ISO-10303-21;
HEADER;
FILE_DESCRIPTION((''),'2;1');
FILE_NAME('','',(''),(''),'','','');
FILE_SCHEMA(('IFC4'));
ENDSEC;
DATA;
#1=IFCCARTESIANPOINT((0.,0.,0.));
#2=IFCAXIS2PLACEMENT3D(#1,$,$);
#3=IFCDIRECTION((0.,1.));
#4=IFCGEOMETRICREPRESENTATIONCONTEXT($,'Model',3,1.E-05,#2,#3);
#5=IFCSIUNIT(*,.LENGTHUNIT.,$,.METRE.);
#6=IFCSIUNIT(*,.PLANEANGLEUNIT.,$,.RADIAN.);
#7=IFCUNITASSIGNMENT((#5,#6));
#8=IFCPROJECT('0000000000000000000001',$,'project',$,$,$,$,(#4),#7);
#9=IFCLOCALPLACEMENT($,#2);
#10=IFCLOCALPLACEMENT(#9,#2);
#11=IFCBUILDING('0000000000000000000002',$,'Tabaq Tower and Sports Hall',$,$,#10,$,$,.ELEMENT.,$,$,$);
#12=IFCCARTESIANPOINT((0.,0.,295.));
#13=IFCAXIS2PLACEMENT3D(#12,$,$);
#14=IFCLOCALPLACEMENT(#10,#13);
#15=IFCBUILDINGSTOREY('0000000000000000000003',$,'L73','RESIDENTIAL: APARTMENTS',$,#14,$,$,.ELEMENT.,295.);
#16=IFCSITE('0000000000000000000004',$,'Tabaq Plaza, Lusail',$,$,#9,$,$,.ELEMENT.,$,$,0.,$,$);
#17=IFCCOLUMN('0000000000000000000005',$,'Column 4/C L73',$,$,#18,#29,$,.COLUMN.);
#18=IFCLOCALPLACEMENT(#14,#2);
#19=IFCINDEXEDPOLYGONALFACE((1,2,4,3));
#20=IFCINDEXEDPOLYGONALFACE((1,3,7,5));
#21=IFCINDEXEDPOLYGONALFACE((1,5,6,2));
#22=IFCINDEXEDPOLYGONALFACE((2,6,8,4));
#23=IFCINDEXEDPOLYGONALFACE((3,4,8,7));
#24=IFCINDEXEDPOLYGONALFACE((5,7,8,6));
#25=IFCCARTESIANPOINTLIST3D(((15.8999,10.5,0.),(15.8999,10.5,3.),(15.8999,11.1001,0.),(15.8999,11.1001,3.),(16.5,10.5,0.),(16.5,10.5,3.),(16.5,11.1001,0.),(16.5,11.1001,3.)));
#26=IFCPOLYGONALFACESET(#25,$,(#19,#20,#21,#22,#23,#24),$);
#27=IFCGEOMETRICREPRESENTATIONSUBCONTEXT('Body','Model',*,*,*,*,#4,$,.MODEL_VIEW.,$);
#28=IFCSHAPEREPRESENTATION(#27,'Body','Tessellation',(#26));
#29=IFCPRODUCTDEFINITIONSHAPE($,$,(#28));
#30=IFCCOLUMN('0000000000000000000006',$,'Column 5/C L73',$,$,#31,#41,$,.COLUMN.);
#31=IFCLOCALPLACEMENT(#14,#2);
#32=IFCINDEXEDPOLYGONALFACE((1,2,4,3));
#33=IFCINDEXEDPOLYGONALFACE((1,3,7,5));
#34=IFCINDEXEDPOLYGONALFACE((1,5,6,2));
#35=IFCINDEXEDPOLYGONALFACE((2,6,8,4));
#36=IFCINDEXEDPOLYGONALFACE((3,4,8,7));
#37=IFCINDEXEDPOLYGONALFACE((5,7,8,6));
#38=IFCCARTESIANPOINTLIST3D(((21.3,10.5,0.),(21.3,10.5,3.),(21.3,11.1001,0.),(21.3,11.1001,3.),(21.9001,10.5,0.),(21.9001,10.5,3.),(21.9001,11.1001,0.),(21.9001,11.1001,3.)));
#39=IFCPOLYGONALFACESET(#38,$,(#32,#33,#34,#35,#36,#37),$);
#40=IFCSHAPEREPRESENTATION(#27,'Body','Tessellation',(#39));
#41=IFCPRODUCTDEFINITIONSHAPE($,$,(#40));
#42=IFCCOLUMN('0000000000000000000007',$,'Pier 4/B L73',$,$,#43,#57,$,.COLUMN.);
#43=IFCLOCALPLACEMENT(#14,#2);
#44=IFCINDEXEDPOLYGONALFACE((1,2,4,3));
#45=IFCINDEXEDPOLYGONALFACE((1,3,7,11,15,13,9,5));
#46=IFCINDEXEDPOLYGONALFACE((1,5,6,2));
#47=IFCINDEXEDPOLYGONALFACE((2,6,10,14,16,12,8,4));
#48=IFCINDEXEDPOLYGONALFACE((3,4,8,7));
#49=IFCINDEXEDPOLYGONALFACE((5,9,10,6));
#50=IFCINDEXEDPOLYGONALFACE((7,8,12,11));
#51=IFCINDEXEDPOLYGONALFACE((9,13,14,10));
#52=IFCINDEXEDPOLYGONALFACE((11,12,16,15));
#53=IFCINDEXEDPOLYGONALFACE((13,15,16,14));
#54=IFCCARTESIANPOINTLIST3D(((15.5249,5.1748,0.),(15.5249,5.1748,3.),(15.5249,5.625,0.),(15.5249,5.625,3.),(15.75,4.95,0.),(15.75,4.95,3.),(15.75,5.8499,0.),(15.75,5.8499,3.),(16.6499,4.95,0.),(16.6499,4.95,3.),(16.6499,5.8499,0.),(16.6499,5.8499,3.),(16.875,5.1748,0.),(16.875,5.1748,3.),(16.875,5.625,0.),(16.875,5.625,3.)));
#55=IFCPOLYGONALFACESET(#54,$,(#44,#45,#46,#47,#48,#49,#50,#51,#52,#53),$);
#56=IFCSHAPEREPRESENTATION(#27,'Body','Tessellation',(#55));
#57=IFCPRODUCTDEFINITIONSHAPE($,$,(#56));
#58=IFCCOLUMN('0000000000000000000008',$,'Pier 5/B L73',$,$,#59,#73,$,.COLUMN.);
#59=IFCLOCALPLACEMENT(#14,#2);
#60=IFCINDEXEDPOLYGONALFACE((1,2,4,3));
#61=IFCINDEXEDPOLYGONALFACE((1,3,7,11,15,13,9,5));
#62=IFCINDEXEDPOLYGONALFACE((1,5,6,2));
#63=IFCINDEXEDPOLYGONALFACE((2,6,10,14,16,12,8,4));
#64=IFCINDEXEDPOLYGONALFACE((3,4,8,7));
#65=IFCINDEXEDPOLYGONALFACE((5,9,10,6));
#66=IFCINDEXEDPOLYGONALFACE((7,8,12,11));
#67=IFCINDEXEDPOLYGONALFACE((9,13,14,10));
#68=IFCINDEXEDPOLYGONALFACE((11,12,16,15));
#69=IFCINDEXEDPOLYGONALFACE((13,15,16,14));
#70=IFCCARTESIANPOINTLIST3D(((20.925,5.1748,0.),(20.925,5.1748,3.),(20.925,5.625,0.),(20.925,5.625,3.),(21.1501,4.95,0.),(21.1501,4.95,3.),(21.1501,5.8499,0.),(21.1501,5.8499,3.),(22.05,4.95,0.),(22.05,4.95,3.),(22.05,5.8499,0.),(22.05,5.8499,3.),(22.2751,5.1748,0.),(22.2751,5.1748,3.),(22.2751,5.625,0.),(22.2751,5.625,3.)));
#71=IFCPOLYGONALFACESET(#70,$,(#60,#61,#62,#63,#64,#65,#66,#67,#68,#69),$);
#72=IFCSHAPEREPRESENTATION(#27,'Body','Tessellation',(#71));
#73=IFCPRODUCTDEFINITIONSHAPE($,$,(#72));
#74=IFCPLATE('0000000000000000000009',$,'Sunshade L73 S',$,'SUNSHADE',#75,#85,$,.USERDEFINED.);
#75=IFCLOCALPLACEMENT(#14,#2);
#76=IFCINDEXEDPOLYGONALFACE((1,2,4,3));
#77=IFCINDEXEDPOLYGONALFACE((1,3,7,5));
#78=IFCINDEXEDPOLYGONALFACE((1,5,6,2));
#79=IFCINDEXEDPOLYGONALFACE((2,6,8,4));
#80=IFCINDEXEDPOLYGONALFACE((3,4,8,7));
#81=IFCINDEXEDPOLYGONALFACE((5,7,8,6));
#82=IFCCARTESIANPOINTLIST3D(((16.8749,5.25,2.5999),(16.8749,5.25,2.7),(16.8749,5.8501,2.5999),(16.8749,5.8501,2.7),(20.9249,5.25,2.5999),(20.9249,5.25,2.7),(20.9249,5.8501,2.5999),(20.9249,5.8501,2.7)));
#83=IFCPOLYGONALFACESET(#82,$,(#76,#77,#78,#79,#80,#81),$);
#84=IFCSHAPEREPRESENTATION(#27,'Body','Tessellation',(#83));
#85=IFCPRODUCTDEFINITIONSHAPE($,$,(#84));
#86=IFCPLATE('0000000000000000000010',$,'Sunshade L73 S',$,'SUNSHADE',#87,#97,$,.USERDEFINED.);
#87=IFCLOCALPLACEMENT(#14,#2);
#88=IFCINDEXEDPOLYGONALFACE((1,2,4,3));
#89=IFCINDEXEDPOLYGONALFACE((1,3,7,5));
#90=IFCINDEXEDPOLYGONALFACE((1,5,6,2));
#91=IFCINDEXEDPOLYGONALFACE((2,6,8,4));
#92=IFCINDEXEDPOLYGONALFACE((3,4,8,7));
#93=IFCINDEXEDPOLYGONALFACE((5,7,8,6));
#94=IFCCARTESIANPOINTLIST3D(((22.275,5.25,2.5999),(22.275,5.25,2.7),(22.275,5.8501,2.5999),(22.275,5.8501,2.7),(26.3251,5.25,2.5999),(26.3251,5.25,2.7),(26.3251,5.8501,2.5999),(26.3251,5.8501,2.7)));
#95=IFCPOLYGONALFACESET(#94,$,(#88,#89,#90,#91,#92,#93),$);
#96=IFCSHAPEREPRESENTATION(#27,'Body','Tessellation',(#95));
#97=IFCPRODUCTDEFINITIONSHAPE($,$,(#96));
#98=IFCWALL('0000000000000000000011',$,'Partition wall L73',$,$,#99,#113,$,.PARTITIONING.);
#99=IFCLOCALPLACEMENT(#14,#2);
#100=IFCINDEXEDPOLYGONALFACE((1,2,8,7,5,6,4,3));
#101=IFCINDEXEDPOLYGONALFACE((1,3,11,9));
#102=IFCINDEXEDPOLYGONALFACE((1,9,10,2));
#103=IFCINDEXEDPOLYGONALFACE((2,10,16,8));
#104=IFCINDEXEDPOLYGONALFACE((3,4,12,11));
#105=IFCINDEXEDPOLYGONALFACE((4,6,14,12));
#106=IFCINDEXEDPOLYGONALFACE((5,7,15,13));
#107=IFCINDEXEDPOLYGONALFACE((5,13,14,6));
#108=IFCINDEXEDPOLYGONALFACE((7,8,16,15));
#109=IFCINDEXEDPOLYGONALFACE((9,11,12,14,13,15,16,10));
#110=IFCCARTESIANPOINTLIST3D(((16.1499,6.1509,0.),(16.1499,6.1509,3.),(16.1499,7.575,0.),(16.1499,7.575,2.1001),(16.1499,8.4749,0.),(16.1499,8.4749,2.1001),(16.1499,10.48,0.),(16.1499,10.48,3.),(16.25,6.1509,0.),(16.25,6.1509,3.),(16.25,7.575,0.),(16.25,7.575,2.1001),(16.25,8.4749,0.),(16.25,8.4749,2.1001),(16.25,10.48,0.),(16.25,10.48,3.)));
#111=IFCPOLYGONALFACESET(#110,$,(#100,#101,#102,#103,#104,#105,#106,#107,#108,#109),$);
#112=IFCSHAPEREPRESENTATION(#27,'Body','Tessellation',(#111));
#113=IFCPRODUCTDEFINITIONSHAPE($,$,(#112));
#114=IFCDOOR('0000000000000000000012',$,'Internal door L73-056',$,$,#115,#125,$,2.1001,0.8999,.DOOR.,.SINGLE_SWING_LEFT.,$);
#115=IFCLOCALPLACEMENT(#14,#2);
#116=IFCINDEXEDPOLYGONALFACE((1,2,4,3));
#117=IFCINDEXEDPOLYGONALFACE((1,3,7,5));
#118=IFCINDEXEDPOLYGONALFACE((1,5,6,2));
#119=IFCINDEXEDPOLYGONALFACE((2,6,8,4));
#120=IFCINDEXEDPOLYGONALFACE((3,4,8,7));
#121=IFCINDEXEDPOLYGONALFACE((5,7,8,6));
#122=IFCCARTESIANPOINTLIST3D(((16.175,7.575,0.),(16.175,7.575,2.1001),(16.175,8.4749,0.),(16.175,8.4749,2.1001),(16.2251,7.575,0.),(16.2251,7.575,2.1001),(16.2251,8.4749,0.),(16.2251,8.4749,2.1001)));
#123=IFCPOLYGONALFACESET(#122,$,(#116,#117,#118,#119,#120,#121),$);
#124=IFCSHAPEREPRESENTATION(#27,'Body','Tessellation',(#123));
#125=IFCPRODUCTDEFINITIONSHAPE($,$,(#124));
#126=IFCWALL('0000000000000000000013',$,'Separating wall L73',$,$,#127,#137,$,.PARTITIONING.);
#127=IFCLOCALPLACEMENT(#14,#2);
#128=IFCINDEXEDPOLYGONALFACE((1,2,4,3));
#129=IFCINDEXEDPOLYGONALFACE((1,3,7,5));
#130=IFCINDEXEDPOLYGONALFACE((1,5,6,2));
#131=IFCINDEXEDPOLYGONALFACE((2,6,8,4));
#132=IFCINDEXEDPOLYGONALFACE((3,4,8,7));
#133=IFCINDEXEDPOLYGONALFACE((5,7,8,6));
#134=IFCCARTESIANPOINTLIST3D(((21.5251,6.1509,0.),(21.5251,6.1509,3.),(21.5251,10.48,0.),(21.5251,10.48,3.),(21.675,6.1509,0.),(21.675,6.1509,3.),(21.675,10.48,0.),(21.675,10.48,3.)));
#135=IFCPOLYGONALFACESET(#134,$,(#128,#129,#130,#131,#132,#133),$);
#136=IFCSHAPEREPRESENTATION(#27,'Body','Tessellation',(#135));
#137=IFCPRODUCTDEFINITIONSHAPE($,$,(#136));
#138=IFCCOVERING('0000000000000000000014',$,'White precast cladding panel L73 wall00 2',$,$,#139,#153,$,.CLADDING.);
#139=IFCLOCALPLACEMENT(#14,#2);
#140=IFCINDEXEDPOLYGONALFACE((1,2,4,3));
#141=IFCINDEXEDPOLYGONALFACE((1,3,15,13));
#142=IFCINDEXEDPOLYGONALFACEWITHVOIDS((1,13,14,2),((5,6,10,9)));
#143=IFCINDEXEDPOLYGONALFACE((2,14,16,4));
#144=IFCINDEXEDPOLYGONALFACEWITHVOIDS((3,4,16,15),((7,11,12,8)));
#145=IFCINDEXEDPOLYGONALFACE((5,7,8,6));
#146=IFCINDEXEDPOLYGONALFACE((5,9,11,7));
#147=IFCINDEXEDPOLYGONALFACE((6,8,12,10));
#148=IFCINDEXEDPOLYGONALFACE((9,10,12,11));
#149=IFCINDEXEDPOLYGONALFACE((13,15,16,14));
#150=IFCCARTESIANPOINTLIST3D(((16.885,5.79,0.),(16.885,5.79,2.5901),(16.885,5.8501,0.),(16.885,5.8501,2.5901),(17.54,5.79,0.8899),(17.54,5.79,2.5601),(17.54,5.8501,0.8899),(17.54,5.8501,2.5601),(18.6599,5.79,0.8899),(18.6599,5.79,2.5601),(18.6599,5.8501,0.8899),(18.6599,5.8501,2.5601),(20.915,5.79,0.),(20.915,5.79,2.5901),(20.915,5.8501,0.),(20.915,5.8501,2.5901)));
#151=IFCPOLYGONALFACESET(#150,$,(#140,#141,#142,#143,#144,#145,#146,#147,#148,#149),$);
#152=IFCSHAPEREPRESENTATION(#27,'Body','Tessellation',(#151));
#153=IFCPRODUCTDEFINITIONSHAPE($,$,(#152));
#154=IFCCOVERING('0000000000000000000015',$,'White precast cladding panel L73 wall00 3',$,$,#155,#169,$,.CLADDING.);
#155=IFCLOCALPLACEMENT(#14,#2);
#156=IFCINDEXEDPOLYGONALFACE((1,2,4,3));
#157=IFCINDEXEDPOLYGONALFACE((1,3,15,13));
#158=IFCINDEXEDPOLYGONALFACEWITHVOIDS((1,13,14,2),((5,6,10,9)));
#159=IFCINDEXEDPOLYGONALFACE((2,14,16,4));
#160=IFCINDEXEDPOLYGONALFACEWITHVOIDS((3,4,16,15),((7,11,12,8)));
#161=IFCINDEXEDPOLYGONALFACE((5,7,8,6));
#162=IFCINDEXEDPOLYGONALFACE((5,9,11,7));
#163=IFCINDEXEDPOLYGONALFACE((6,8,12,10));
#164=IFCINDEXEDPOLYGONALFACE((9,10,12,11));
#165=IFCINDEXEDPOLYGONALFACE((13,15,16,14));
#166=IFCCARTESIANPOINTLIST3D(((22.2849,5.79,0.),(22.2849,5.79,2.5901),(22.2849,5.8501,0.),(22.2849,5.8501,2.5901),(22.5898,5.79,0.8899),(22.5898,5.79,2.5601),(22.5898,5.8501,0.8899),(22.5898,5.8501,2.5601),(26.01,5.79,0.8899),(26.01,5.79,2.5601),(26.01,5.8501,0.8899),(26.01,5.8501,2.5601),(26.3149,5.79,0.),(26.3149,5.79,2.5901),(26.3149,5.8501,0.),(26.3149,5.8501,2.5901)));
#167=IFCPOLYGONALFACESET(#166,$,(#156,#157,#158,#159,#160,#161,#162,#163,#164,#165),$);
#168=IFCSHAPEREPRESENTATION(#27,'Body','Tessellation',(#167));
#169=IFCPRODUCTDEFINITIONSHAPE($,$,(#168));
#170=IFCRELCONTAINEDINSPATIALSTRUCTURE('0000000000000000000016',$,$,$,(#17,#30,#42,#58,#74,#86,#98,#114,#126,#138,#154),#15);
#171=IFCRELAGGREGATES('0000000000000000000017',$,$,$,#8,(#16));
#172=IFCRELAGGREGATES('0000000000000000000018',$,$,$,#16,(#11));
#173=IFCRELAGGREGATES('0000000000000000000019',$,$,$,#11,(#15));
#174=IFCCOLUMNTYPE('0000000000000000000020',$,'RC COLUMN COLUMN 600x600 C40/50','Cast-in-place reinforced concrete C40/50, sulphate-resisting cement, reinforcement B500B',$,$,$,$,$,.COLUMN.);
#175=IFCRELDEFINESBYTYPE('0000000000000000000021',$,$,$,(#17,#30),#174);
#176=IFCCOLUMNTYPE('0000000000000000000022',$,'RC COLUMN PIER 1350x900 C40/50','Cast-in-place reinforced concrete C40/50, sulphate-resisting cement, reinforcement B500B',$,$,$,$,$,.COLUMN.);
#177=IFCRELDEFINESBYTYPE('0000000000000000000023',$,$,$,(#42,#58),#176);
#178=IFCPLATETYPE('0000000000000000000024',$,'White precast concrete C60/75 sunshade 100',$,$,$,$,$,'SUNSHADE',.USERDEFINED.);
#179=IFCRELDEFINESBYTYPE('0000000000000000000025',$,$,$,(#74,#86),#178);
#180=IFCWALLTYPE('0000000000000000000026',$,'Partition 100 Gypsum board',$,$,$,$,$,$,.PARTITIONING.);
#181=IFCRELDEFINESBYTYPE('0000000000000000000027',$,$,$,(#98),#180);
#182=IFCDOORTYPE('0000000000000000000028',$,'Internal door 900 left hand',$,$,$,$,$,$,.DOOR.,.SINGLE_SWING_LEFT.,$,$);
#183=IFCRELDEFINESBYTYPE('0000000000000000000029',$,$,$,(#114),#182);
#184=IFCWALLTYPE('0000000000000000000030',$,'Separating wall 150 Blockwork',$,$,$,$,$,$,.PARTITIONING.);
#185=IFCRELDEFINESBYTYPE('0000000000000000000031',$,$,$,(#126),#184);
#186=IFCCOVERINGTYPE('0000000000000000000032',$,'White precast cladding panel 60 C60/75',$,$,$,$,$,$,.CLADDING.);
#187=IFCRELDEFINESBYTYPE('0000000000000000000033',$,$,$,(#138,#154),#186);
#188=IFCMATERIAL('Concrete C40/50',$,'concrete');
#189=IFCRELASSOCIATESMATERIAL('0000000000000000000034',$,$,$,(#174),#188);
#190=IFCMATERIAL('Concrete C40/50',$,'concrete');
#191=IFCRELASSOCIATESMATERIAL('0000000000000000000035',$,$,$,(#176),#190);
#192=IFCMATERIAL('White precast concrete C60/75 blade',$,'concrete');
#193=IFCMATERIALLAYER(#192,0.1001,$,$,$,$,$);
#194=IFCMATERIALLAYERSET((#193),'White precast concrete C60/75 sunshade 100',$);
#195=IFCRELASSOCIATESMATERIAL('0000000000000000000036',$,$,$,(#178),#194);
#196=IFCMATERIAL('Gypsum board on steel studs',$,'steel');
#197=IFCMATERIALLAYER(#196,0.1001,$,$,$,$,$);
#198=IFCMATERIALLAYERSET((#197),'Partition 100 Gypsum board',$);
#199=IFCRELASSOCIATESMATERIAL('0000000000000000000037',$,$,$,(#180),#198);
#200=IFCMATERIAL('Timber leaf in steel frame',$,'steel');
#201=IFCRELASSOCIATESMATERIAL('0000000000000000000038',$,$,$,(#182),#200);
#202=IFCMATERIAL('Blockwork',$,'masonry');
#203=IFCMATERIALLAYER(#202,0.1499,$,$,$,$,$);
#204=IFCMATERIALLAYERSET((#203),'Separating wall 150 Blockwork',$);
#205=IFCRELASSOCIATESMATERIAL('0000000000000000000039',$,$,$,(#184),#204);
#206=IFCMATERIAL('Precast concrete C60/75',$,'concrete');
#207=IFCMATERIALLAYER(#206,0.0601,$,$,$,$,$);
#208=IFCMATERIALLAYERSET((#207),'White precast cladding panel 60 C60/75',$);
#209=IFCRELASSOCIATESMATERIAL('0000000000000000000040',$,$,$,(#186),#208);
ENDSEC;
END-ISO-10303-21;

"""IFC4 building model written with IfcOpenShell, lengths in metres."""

from ifc_helpers import new_model, si_unit, direction, frame, frame_2d, origin, origin_2d, place, context, subcontext, project, spatial, polyline, rectangle, outline, extrude, material, layer, layer_set, material_profile, profile_set, type_object, element, fill, save


model = new_model("IFC4")

# Units and contexts
model_context = context("Model", 3, precision=1e-05, world=origin(), true_north=direction((0.0, 1.0)))
body_context = subcontext(model_context, "Body", "Model", "MODEL_VIEW")
ifc_project = project(units=[si_unit("LENGTHUNIT", "METRE"), si_unit("PLANEANGLEUNIT", "RADIAN")], contexts=[model_context])

# Site, building, storey
site_placement = place(None, origin())
site = spatial("IfcSite", under=ifc_project, at=site_placement, Name="Tabaq Plaza, Lusail", CompositionType="ELEMENT", RefElevation=0.0)
building_placement = place(site_placement, origin())
building = spatial("IfcBuilding", under=site, at=building_placement, Name="Tabaq Tower and Sports Hall", CompositionType="ELEMENT")
storey_placement = place(building_placement, frame((0.0, 0.0, 295.0)))
storey = spatial("IfcBuildingStorey", under=building, at=storey_placement, Name="L73", Description="RESIDENTIAL: APARTMENTS", CompositionType="ELEMENT", Elevation=295.0)

# Columns
ifc_material_1 = material(Name="Concrete C40/50", Category="concrete")
ifc_material_profile_1 = material_profile(ifc_material_1, rectangle(XDim=0.6001, YDim=0.6001, at=origin_2d()), Name="COLUMN 600x600")
ifc_profile_set_1 = profile_set([ifc_material_profile_1], Name="Concrete C40/50")
column_type_1 = type_object("IfcColumnType", Name="RC COLUMN COLUMN 600x600 C40/50", Description="Cast-in-place reinforced concrete C40/50, sulphate-resisting cement, reinforcement B500B", PredefinedType="COLUMN", material=ifc_profile_set_1)
for number, where, z_axis, x_axis, name in (
    (1, (16.2, 10.8, 0.0), (0.0, 0.0, 1.0), (1.0, 0.0, 0.0), "Column 4/C L73"),
    (2, (21.6001, 10.8, 0.0), (0.0, 0.0, 1.0), (1.0, 0.0, 0.0), "Column 5/C L73"),
):
    element("IfcColumn", number, at=place(storey_placement, frame(where, z_axis=z_axis, x_axis=x_axis)), inside=storey, type_object=column_type_1, Name=name, PredefinedType="COLUMN", context=body_context, shape_type="SweptSolid", body=[
        extrude(rectangle(XDim=0.6001, YDim=0.6001, at=origin_2d()), origin(), (0.0, 0.0, 1.0), 3.0),
    ])
ifc_material_2 = material(Name="Concrete C40/50", Category="concrete")
ifc_material_profile_2 = material_profile(ifc_material_2, outline(polyline([(-0.45, -0.45), (0.45, -0.45), (0.675, -0.2251), (0.675, 0.2251), (0.45, 0.45), (-0.45, 0.45), (-0.675, 0.2251), (-0.675, -0.2251), (-0.45, -0.45)])), Name="PIER 1350x900")
ifc_profile_set_2 = profile_set([ifc_material_profile_2], Name="Concrete C40/50")
column_type_2 = type_object("IfcColumnType", Name="RC COLUMN PIER 1350x900 C40/50", Description="Cast-in-place reinforced concrete C40/50, sulphate-resisting cement, reinforcement B500B", PredefinedType="COLUMN", material=ifc_profile_set_2)
for number, where, z_axis, x_axis, name in (
    (3, (16.2, 5.3999, 0.0), (0.0, 0.0, 1.0), (1.0, 0.0, 0.0), "Pier 4/B L73"),
    (4, (21.6001, 5.3999, 0.0), (0.0, 0.0, 1.0), (1.0, 0.0, 0.0), "Pier 5/B L73"),
):
    element("IfcColumn", number, at=place(storey_placement, frame(where, z_axis=z_axis, x_axis=x_axis)), inside=storey, type_object=column_type_2, Name=name, PredefinedType="COLUMN", context=body_context, shape_type="SweptSolid", body=[
        extrude(outline(polyline([(-0.45, -0.45), (0.45, -0.45), (0.675, -0.2251), (0.675, 0.2251), (0.45, 0.45), (-0.45, 0.45), (-0.675, 0.2251), (-0.675, -0.2251), (-0.45, -0.45)])), origin(), (0.0, 0.0, 1.0), 3.0),
    ])

# Plates
ifc_material_3 = material(Name="White precast concrete C60/75 blade", Category="concrete")
ifc_layer_1 = layer(ifc_material_3, 0.1001)
ifc_layer_set_1 = layer_set([ifc_layer_1], Name="White precast concrete C60/75 sunshade 100")
plate_type = type_object("IfcPlateType", Name="White precast concrete C60/75 sunshade 100", ElementType="SUNSHADE", PredefinedType="USERDEFINED", material=ifc_layer_set_1)
for number, where, z_axis, x_axis, name in (
    (5, (18.8999, 5.55, 2.5999), (0.0, 0.0, 1.0), (1.0, 0.0, 0.0), "Sunshade L73 S"),
    (6, (24.3, 5.55, 2.5999), (0.0, 0.0, 1.0), (1.0, 0.0, 0.0), "Sunshade L73 S"),
):
    element("IfcPlate", number, at=place(storey_placement, frame(where, z_axis=z_axis, x_axis=x_axis)), inside=storey, type_object=plate_type, Name=name, ObjectType="SUNSHADE", PredefinedType="USERDEFINED", context=body_context, shape_type="SweptSolid", body=[
        extrude(rectangle(XDim=4.05, YDim=0.6001, at=origin_2d()), origin(), (0.0, 0.0, 1.0), 0.1001),
    ])

# Wall, opening, door
ifc_material_4 = material(Name="Gypsum board on steel studs", Category="steel")
ifc_layer_2 = layer(ifc_material_4, 0.1001)
ifc_layer_set_2 = layer_set([ifc_layer_2], Name="Partition 100 Gypsum board")
wall_type_1 = type_object("IfcWallType", Name="Partition 100 Gypsum board", PredefinedType="PARTITIONING", material=ifc_layer_set_2)
wall_1_placement = place(storey_placement, frame((16.2, 6.1509, 0.0), z_axis=(0.0, 0.0, 1.0), x_axis=(0.0, 1.0, 0.0)))
wall_1 = element("IfcWall", 7, at=wall_1_placement, inside=storey, type_object=wall_type_1, Name="Partition wall L73", PredefinedType="PARTITIONING", context=body_context, shape_type="SweptSolid", body=[
    extrude(rectangle(XDim=4.3291, YDim=0.1001, at=frame_2d((2.1646, 0.0))), origin(), (0.0, 0.0, 1.0), 3.0),
])
opening_placement = place(wall_1_placement, frame((1.4241, 0.0, 0.0)))
opening = element("IfcOpeningElement", 8, at=opening_placement, cuts=wall_1, PredefinedType="OPENING", context=body_context, shape_type="SweptSolid", body=[
    extrude(rectangle(XDim=0.8999, YDim=2.1001, at=frame_2d((0.45, 1.05))), frame((0.0, 0.05, 0.0), z_axis=(0.0, -1.0, 0.0), x_axis=(1.0, 0.0, 0.0)), (0.0, 0.0, 1.0), 0.1001),
])
ifc_material_5 = material(Name="Timber leaf in steel frame", Category="steel")
door_type = type_object("IfcDoorType", Name="Internal door 900 left hand", OperationType="SINGLE_SWING_LEFT", PredefinedType="DOOR", material=ifc_material_5)
door_placement = place(opening_placement, origin())
door = element("IfcDoor", 9, at=door_placement, inside=storey, type_object=door_type, Name="Internal door L73-056", OperationType="SINGLE_SWING_LEFT", OverallHeight=2.1001, OverallWidth=0.8999, PredefinedType="DOOR", context=body_context, shape_type="SweptSolid", body=[
    extrude(rectangle(XDim=0.8999, YDim=2.1001, at=frame_2d((0.45, 1.05))), frame((0.0, 0.0249, 0.0), z_axis=(0.0, -1.0, 0.0), x_axis=(1.0, 0.0, 0.0)), (0.0, 0.0, 1.0), 0.05),
])
fill(opening, door)

# Wall
ifc_material_6 = material(Name="Blockwork", Category="masonry")
ifc_layer_3 = layer(ifc_material_6, 0.1499)
ifc_layer_set_3 = layer_set([ifc_layer_3], Name="Separating wall 150 Blockwork")
wall_type_2 = type_object("IfcWallType", Name="Separating wall 150 Blockwork", PredefinedType="PARTITIONING", material=ifc_layer_set_3)
wall_2_placement = place(storey_placement, frame((21.6001, 6.1509, 0.0), z_axis=(0.0, 0.0, 1.0), x_axis=(0.0, 1.0, 0.0)))
element("IfcWall", 10, at=wall_2_placement, inside=storey, type_object=wall_type_2, Name="Separating wall L73", PredefinedType="PARTITIONING", context=body_context, shape_type="SweptSolid", body=[
    extrude(rectangle(XDim=4.3291, YDim=0.1499, at=frame_2d((2.1646, 0.0))), origin(), (0.0, 0.0, 1.0), 3.0),
])

# Coverings
ifc_material_7 = material(Name="Precast concrete C60/75", Category="concrete")
ifc_layer_4 = layer(ifc_material_7, 0.0601)
ifc_layer_set_4 = layer_set([ifc_layer_4], Name="White precast cladding panel 60 C60/75")
covering_type = type_object("IfcCoveringType", Name="White precast cladding panel 60 C60/75", PredefinedType="CLADDING", material=ifc_layer_set_4)
covering_1_placement = place(storey_placement, frame((16.885, 5.8201, 0.0), z_axis=(0.0, 0.0, 1.0), x_axis=(1.0, 0.0, 0.0)))
element("IfcCovering", 11, at=covering_1_placement, inside=storey, type_object=covering_type, Name="White precast cladding panel L73 wall00 2", PredefinedType="CLADDING", context=body_context, shape_type="SweptSolid", body=[
    extrude(outline(polyline([(0.0, 0.0), (4.03, 0.0), (4.03, 2.5901), (0.0, 2.5901), (0.0, 0.0)]), holes=[polyline([(1.7749, 0.8899), (0.655, 0.8899), (0.655, 2.5601), (1.7749, 2.5601), (1.7749, 0.8899)])]), frame((0.0, 0.03, 0.0), z_axis=(0.0, -1.0, 0.0), x_axis=(1.0, 0.0, 0.0)), (0.0, 0.0, 1.0), 0.0601),
])
covering_2_placement = place(storey_placement, frame((22.2849, 5.8201, 0.0), z_axis=(0.0, 0.0, 1.0), x_axis=(1.0, 0.0, 0.0)))
element("IfcCovering", 12, at=covering_2_placement, inside=storey, type_object=covering_type, Name="White precast cladding panel L73 wall00 3", PredefinedType="CLADDING", context=body_context, shape_type="SweptSolid", body=[
    extrude(outline(polyline([(0.0, 0.0), (4.03, 0.0), (4.03, 2.5901), (0.0, 2.5901), (0.0, 0.0)]), holes=[polyline([(3.7251, 0.8899), (0.3049, 0.8899), (0.3049, 2.5601), (3.7251, 2.5601), (3.7251, 0.8899)])]), frame((0.0, 0.03, 0.0), z_axis=(0.0, -1.0, 0.0), x_axis=(1.0, 0.0, 0.0)), (0.0, 0.0, 1.0), 0.0601),
])

save(model, "model.ifc")
